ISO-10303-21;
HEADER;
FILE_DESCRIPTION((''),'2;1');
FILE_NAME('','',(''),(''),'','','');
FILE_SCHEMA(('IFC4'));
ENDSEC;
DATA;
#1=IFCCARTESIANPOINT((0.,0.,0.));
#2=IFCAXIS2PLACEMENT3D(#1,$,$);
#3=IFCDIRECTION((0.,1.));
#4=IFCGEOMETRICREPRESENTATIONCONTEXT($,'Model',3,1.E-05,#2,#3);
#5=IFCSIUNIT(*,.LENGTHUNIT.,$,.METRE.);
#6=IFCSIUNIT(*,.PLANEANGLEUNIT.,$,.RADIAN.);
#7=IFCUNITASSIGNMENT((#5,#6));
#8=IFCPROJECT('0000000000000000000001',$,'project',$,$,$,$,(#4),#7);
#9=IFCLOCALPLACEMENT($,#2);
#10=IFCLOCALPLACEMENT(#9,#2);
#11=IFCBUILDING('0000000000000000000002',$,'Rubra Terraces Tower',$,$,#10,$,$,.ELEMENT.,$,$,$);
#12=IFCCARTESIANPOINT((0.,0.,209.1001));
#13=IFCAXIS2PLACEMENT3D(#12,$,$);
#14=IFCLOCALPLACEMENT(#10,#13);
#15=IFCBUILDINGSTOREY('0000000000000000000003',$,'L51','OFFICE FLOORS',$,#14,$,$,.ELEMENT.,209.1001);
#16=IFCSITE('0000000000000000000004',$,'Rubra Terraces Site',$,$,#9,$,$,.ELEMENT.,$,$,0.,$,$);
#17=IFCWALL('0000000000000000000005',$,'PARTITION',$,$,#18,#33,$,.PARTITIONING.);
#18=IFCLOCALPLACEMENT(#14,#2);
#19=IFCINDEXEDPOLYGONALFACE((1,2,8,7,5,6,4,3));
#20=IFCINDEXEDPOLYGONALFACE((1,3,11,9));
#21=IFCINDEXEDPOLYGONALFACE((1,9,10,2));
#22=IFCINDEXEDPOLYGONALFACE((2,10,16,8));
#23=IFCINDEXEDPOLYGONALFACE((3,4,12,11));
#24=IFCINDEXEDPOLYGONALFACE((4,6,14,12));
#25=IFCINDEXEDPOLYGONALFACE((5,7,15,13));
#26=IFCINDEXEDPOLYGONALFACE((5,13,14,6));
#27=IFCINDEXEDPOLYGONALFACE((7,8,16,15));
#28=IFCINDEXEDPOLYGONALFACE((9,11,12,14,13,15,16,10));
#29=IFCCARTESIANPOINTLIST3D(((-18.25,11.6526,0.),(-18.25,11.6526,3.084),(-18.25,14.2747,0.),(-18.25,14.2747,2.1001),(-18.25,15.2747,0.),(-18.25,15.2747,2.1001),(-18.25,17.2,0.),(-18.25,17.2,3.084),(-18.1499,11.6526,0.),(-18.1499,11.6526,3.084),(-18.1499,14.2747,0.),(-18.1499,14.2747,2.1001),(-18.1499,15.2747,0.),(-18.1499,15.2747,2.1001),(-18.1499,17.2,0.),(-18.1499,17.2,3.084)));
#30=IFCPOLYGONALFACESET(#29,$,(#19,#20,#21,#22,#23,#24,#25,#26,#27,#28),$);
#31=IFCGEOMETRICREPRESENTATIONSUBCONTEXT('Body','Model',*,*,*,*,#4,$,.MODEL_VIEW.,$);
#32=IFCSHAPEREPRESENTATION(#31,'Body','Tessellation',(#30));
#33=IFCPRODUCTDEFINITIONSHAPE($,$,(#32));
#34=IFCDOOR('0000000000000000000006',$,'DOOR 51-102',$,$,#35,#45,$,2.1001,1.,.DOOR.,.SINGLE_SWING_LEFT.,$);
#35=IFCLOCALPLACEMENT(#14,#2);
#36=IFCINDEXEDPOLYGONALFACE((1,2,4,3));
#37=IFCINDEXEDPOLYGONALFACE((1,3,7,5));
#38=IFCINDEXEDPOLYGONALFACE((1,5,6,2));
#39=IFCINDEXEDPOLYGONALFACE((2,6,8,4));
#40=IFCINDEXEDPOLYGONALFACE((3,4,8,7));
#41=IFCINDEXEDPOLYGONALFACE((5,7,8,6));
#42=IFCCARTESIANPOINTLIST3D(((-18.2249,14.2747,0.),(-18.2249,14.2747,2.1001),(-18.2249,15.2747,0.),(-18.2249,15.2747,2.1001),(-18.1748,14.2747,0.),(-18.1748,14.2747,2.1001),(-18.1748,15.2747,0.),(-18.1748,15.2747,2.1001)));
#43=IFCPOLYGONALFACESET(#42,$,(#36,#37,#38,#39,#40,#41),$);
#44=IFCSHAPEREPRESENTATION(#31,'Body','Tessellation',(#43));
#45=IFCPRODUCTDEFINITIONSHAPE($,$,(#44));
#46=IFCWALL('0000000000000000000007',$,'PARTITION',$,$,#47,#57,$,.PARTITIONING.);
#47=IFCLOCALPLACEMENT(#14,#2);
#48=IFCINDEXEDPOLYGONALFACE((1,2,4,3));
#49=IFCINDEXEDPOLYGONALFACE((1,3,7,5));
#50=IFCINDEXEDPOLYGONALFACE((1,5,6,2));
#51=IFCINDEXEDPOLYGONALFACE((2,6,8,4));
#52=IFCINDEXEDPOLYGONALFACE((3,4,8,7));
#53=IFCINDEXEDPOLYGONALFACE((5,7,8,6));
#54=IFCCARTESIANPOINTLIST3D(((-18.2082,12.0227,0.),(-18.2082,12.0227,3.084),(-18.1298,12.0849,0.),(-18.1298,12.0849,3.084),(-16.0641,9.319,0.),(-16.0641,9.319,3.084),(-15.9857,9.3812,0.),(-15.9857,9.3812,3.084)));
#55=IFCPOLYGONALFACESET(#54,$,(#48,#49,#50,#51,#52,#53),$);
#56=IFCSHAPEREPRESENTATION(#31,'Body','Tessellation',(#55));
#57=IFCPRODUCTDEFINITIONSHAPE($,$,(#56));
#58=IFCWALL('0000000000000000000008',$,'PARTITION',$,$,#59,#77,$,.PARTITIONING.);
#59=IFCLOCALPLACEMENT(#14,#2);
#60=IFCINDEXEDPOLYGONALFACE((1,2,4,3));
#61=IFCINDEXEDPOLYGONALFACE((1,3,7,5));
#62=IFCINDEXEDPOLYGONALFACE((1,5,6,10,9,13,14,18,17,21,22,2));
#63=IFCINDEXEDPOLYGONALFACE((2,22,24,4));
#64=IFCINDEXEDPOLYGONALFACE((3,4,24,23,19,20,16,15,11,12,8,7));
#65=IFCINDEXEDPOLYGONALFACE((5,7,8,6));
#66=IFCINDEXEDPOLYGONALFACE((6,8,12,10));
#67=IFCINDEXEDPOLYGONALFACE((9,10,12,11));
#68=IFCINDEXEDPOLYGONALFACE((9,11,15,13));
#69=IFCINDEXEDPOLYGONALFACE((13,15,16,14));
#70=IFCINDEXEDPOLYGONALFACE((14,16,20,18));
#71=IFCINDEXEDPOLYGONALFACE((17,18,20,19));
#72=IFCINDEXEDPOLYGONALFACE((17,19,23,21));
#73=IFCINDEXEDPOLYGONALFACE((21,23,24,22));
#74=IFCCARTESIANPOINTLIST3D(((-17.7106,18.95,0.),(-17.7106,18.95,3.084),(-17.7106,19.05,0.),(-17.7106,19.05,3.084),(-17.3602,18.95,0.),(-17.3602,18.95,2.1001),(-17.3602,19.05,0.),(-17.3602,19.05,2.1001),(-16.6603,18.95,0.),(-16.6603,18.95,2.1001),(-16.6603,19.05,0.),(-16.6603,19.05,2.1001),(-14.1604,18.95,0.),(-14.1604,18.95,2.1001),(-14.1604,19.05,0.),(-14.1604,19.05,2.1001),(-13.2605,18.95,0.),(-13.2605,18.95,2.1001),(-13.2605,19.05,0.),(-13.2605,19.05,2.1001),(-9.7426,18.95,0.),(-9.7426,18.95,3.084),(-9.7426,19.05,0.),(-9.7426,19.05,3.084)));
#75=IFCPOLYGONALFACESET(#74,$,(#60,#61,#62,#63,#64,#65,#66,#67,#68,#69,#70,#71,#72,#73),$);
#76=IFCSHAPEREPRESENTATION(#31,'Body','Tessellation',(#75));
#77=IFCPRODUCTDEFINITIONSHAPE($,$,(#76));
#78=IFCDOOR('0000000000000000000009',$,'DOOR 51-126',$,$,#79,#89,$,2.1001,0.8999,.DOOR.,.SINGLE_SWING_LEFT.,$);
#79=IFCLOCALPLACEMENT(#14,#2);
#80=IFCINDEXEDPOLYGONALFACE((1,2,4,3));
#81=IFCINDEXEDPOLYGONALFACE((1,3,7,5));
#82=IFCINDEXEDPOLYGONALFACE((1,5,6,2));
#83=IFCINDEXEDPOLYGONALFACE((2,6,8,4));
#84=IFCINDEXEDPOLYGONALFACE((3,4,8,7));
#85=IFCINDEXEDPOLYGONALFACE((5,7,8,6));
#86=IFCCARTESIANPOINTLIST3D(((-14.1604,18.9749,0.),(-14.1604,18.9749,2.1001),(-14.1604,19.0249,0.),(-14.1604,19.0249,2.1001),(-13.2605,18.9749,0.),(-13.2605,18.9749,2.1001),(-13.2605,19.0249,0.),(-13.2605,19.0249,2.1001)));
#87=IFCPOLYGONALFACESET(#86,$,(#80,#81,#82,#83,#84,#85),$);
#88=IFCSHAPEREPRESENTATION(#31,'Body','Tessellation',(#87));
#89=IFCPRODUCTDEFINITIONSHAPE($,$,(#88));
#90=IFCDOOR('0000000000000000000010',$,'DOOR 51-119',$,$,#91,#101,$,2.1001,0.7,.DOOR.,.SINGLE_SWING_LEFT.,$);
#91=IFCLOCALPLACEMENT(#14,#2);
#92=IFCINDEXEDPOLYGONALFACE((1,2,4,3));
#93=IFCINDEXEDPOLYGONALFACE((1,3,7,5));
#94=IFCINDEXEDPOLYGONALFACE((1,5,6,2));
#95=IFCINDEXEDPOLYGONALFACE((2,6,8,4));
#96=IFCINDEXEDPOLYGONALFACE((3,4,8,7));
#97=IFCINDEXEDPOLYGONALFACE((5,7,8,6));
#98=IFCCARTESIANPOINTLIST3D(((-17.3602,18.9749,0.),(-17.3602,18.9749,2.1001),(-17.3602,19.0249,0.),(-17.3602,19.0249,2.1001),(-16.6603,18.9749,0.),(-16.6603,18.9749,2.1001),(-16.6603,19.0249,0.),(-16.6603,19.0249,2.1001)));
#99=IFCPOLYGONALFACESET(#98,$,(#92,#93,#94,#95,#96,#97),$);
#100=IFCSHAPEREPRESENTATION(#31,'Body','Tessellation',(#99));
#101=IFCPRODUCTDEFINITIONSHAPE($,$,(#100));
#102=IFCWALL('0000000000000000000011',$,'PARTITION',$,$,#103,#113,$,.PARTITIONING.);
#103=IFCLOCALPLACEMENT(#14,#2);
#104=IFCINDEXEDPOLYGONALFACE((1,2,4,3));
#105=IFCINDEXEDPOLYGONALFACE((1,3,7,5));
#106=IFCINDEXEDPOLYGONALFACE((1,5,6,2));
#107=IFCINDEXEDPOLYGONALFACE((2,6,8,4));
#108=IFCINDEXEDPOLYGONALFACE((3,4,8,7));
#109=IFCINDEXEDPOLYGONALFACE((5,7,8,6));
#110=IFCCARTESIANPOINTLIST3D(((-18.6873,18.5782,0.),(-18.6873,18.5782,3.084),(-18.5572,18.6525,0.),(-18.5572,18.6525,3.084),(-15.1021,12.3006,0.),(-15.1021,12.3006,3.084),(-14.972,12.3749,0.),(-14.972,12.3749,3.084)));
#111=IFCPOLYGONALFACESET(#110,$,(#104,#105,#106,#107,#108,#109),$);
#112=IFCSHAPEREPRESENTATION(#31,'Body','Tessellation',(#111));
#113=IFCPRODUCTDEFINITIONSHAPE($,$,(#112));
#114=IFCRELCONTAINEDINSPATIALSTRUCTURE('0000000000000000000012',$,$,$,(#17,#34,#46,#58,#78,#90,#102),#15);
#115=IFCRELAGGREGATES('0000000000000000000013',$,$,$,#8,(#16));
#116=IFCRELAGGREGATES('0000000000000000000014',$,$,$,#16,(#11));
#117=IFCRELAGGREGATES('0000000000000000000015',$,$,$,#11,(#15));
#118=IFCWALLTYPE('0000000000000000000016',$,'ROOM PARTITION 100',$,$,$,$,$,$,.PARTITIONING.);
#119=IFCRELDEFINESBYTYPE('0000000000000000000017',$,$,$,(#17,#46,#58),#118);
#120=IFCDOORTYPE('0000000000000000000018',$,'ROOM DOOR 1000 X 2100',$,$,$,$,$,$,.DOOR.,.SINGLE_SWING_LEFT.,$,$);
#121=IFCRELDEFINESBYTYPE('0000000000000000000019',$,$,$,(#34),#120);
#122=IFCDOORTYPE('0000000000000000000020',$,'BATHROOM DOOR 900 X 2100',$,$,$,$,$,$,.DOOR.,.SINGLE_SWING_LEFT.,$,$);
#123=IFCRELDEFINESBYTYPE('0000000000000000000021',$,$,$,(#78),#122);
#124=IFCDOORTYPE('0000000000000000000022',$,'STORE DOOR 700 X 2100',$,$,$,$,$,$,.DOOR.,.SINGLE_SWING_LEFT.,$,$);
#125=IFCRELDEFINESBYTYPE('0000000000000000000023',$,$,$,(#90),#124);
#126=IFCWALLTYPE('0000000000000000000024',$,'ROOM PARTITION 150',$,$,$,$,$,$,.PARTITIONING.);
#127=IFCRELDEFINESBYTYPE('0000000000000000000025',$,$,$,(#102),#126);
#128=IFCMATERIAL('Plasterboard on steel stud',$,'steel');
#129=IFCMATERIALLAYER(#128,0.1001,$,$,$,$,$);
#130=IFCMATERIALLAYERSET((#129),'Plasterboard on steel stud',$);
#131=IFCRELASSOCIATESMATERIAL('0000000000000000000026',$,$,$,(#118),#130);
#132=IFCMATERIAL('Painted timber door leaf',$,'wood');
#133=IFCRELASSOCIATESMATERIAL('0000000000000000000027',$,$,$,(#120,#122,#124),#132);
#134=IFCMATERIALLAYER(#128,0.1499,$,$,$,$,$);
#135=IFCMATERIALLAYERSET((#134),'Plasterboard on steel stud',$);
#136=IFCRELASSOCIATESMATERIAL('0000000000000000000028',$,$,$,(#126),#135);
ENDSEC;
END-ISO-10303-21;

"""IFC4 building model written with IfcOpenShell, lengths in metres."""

from ifc_helpers import new_model, si_unit, direction, frame, frame_2d, origin, place, context, subcontext, project, spatial, rectangle, extrude, material, layer, layer_set, type_object, element, fill, save


model = new_model("IFC4")

# Units and contexts
model_context = context("Model", 3, precision=1e-05, world=origin(), true_north=direction((0.0, 1.0)))
body_context = subcontext(model_context, "Body", "Model", "MODEL_VIEW")
ifc_project = project(units=[si_unit("LENGTHUNIT", "METRE"), si_unit("PLANEANGLEUNIT", "RADIAN")], contexts=[model_context])

# Site, building, storey
site_placement = place(None, origin())
site = spatial("IfcSite", under=ifc_project, at=site_placement, Name="Rubra Terraces Site", CompositionType="ELEMENT", RefElevation=0.0)
building_placement = place(site_placement, origin())
building = spatial("IfcBuilding", under=site, at=building_placement, Name="Rubra Terraces Tower", CompositionType="ELEMENT")
storey_placement = place(building_placement, frame((0.0, 0.0, 209.1001)))
storey = spatial("IfcBuildingStorey", under=building, at=storey_placement, Name="L51", Description="OFFICE FLOORS", CompositionType="ELEMENT", Elevation=209.1001)

# Shared definitions
ifc_material_1 = material(Name="Plasterboard on steel stud", Category="steel")
ifc_layer_1 = layer(ifc_material_1, 0.1001)
ifc_layer_set_1 = layer_set([ifc_layer_1], Name="Plasterboard on steel stud")
wall_type_1 = type_object("IfcWallType", Name="ROOM PARTITION 100", PredefinedType="PARTITIONING", material=ifc_layer_set_1)

# Wall, opening, door
wall_1_placement = place(storey_placement, frame((-18.2, 11.6526, 0.0), z_axis=(0.0, 0.0, 1.0), x_axis=(0.0, 1.0, 0.0)))
wall_1 = element("IfcWall", 1, at=wall_1_placement, inside=storey, type_object=wall_type_1, Name="PARTITION", PredefinedType="PARTITIONING", context=body_context, shape_type="SweptSolid", body=[
    extrude(rectangle(XDim=5.5474, YDim=0.1001, at=frame_2d((2.7737, 0.0))), origin(), (0.0, 0.0, 1.0), 3.084),
])
opening_1_placement = place(wall_1_placement, frame((2.6221, 0.0, 0.0)))
opening_1 = element("IfcOpeningElement", 2, at=opening_1_placement, cuts=wall_1, PredefinedType="OPENING", context=body_context, shape_type="SweptSolid", body=[
    extrude(rectangle(XDim=1.0, YDim=2.1001, at=frame_2d((0.5, 1.05))), frame((0.0, 0.0601, 0.0), z_axis=(0.0, -1.0, 0.0), x_axis=(1.0, 0.0, 0.0)), (0.0, 0.0, 1.0), 0.1201),
])
ifc_material_2 = material(Name="Painted timber door leaf", Category="wood")
door_type_1 = type_object("IfcDoorType", Name="ROOM DOOR 1000 X 2100", OperationType="SINGLE_SWING_LEFT", PredefinedType="DOOR", material=ifc_material_2)
door_1_placement = place(opening_1_placement, origin())
door_1 = element("IfcDoor", 3, at=door_1_placement, inside=storey, type_object=door_type_1, Name="DOOR 51-102", OperationType="SINGLE_SWING_LEFT", OverallHeight=2.1001, OverallWidth=1.0, PredefinedType="DOOR", context=body_context, shape_type="SweptSolid", body=[
    extrude(rectangle(XDim=1.0, YDim=2.1001, at=frame_2d((0.5, 1.05))), frame((0.0, 0.0249, 0.0), z_axis=(0.0, -1.0, 0.0), x_axis=(1.0, 0.0, 0.0)), (0.0, 0.0, 1.0), 0.05),
])
fill(opening_1, door_1)

# Wall
wall_2_placement = place(storey_placement, frame((-16.0249, 9.3501, 0.0), z_axis=(0.0, 0.0, 1.0), x_axis=(-0.621359, 0.783526, 0.0)))
element("IfcWall", 4, at=wall_2_placement, inside=storey, type_object=wall_type_1, Name="PARTITION", PredefinedType="PARTITIONING", context=body_context, shape_type="SweptSolid", body=[
    extrude(rectangle(XDim=3.4507, YDim=0.1001, at=frame_2d((1.7253, 0.0))), origin(), (0.0, 0.0, 1.0), 3.084),
])

# Wall, openings, doors
wall_3_placement = place(storey_placement, frame((-17.7104, 19.0, 0.0), z_axis=(0.0, 0.0, 1.0), x_axis=(1.0, 0.0, 0.0)))
wall_3 = element("IfcWall", 5, at=wall_3_placement, inside=storey, type_object=wall_type_1, Name="PARTITION", PredefinedType="PARTITIONING", context=body_context, shape_type="SweptSolid", body=[
    extrude(rectangle(XDim=7.968, YDim=0.1001, at=frame_2d((3.9839, 0.0))), origin(), (0.0, 0.0, 1.0), 3.084),
])
opening_2_placement = place(wall_3_placement, frame((0.3501, 0.0, 0.0)))
opening_2 = element("IfcOpeningElement", 6, at=opening_2_placement, cuts=wall_3, PredefinedType="OPENING", context=body_context, shape_type="SweptSolid", body=[
    extrude(rectangle(XDim=0.7, YDim=2.1001, at=frame_2d((0.3501, 1.05))), frame((0.0, 0.0601, 0.0), z_axis=(0.0, -1.0, 0.0), x_axis=(1.0, 0.0, 0.0)), (0.0, 0.0, 1.0), 0.1201),
])
opening_3_placement = place(wall_3_placement, frame((3.55, 0.0, 0.0)))
opening_3 = element("IfcOpeningElement", 7, at=opening_3_placement, cuts=wall_3, PredefinedType="OPENING", context=body_context, shape_type="SweptSolid", body=[
    extrude(rectangle(XDim=0.8999, YDim=2.1001, at=frame_2d((0.45, 1.05))), frame((0.0, 0.0601, 0.0), z_axis=(0.0, -1.0, 0.0), x_axis=(1.0, 0.0, 0.0)), (0.0, 0.0, 1.0), 0.1201),
])
door_type_2 = type_object("IfcDoorType", Name="BATHROOM DOOR 900 X 2100", OperationType="SINGLE_SWING_LEFT", PredefinedType="DOOR", material=ifc_material_2)
door_2_placement = place(opening_3_placement, origin())
door_2 = element("IfcDoor", 8, at=door_2_placement, inside=storey, type_object=door_type_2, Name="DOOR 51-126", OperationType="SINGLE_SWING_LEFT", OverallHeight=2.1001, OverallWidth=0.8999, PredefinedType="DOOR", context=body_context, shape_type="SweptSolid", body=[
    extrude(rectangle(XDim=0.8999, YDim=2.1001, at=frame_2d((0.45, 1.05))), frame((0.0, 0.0249, 0.0), z_axis=(0.0, -1.0, 0.0), x_axis=(1.0, 0.0, 0.0)), (0.0, 0.0, 1.0), 0.05),
])
fill(opening_3, door_2)
door_type_3 = type_object("IfcDoorType", Name="STORE DOOR 700 X 2100", OperationType="SINGLE_SWING_LEFT", PredefinedType="DOOR", material=ifc_material_2)
door_3_placement = place(opening_2_placement, origin())
door_3 = element("IfcDoor", 9, at=door_3_placement, inside=storey, type_object=door_type_3, Name="DOOR 51-119", OperationType="SINGLE_SWING_LEFT", OverallHeight=2.1001, OverallWidth=0.7, PredefinedType="DOOR", context=body_context, shape_type="SweptSolid", body=[
    extrude(rectangle(XDim=0.7, YDim=2.1001, at=frame_2d((0.3501, 1.05))), frame((0.0, 0.0249, 0.0), z_axis=(0.0, -1.0, 0.0), x_axis=(1.0, 0.0, 0.0)), (0.0, 0.0, 1.0), 0.05),
])
fill(opening_2, door_3)

# Wall
ifc_layer_2 = layer(ifc_material_1, 0.1499)
ifc_layer_set_2 = layer_set([ifc_layer_2], Name="Plasterboard on steel stud")
wall_type_2 = type_object("IfcWallType", Name="ROOM PARTITION 150", PredefinedType="PARTITIONING", material=ifc_layer_set_2)
wall_4_placement = place(storey_placement, frame((-18.6223, 18.6155, 0.0), z_axis=(0.0, 0.0, 1.0), x_axis=(0.495932, -0.868362, 0.0)))
element("IfcWall", 10, at=wall_4_placement, inside=storey, type_object=wall_type_2, Name="PARTITION", PredefinedType="PARTITIONING", context=body_context, shape_type="SweptSolid", body=[
    extrude(rectangle(XDim=7.2292, YDim=0.1499, at=frame_2d((3.6147, 0.0))), origin(), (0.0, 0.0, 1.0), 3.084),
])

save(model, "model.ifc")
